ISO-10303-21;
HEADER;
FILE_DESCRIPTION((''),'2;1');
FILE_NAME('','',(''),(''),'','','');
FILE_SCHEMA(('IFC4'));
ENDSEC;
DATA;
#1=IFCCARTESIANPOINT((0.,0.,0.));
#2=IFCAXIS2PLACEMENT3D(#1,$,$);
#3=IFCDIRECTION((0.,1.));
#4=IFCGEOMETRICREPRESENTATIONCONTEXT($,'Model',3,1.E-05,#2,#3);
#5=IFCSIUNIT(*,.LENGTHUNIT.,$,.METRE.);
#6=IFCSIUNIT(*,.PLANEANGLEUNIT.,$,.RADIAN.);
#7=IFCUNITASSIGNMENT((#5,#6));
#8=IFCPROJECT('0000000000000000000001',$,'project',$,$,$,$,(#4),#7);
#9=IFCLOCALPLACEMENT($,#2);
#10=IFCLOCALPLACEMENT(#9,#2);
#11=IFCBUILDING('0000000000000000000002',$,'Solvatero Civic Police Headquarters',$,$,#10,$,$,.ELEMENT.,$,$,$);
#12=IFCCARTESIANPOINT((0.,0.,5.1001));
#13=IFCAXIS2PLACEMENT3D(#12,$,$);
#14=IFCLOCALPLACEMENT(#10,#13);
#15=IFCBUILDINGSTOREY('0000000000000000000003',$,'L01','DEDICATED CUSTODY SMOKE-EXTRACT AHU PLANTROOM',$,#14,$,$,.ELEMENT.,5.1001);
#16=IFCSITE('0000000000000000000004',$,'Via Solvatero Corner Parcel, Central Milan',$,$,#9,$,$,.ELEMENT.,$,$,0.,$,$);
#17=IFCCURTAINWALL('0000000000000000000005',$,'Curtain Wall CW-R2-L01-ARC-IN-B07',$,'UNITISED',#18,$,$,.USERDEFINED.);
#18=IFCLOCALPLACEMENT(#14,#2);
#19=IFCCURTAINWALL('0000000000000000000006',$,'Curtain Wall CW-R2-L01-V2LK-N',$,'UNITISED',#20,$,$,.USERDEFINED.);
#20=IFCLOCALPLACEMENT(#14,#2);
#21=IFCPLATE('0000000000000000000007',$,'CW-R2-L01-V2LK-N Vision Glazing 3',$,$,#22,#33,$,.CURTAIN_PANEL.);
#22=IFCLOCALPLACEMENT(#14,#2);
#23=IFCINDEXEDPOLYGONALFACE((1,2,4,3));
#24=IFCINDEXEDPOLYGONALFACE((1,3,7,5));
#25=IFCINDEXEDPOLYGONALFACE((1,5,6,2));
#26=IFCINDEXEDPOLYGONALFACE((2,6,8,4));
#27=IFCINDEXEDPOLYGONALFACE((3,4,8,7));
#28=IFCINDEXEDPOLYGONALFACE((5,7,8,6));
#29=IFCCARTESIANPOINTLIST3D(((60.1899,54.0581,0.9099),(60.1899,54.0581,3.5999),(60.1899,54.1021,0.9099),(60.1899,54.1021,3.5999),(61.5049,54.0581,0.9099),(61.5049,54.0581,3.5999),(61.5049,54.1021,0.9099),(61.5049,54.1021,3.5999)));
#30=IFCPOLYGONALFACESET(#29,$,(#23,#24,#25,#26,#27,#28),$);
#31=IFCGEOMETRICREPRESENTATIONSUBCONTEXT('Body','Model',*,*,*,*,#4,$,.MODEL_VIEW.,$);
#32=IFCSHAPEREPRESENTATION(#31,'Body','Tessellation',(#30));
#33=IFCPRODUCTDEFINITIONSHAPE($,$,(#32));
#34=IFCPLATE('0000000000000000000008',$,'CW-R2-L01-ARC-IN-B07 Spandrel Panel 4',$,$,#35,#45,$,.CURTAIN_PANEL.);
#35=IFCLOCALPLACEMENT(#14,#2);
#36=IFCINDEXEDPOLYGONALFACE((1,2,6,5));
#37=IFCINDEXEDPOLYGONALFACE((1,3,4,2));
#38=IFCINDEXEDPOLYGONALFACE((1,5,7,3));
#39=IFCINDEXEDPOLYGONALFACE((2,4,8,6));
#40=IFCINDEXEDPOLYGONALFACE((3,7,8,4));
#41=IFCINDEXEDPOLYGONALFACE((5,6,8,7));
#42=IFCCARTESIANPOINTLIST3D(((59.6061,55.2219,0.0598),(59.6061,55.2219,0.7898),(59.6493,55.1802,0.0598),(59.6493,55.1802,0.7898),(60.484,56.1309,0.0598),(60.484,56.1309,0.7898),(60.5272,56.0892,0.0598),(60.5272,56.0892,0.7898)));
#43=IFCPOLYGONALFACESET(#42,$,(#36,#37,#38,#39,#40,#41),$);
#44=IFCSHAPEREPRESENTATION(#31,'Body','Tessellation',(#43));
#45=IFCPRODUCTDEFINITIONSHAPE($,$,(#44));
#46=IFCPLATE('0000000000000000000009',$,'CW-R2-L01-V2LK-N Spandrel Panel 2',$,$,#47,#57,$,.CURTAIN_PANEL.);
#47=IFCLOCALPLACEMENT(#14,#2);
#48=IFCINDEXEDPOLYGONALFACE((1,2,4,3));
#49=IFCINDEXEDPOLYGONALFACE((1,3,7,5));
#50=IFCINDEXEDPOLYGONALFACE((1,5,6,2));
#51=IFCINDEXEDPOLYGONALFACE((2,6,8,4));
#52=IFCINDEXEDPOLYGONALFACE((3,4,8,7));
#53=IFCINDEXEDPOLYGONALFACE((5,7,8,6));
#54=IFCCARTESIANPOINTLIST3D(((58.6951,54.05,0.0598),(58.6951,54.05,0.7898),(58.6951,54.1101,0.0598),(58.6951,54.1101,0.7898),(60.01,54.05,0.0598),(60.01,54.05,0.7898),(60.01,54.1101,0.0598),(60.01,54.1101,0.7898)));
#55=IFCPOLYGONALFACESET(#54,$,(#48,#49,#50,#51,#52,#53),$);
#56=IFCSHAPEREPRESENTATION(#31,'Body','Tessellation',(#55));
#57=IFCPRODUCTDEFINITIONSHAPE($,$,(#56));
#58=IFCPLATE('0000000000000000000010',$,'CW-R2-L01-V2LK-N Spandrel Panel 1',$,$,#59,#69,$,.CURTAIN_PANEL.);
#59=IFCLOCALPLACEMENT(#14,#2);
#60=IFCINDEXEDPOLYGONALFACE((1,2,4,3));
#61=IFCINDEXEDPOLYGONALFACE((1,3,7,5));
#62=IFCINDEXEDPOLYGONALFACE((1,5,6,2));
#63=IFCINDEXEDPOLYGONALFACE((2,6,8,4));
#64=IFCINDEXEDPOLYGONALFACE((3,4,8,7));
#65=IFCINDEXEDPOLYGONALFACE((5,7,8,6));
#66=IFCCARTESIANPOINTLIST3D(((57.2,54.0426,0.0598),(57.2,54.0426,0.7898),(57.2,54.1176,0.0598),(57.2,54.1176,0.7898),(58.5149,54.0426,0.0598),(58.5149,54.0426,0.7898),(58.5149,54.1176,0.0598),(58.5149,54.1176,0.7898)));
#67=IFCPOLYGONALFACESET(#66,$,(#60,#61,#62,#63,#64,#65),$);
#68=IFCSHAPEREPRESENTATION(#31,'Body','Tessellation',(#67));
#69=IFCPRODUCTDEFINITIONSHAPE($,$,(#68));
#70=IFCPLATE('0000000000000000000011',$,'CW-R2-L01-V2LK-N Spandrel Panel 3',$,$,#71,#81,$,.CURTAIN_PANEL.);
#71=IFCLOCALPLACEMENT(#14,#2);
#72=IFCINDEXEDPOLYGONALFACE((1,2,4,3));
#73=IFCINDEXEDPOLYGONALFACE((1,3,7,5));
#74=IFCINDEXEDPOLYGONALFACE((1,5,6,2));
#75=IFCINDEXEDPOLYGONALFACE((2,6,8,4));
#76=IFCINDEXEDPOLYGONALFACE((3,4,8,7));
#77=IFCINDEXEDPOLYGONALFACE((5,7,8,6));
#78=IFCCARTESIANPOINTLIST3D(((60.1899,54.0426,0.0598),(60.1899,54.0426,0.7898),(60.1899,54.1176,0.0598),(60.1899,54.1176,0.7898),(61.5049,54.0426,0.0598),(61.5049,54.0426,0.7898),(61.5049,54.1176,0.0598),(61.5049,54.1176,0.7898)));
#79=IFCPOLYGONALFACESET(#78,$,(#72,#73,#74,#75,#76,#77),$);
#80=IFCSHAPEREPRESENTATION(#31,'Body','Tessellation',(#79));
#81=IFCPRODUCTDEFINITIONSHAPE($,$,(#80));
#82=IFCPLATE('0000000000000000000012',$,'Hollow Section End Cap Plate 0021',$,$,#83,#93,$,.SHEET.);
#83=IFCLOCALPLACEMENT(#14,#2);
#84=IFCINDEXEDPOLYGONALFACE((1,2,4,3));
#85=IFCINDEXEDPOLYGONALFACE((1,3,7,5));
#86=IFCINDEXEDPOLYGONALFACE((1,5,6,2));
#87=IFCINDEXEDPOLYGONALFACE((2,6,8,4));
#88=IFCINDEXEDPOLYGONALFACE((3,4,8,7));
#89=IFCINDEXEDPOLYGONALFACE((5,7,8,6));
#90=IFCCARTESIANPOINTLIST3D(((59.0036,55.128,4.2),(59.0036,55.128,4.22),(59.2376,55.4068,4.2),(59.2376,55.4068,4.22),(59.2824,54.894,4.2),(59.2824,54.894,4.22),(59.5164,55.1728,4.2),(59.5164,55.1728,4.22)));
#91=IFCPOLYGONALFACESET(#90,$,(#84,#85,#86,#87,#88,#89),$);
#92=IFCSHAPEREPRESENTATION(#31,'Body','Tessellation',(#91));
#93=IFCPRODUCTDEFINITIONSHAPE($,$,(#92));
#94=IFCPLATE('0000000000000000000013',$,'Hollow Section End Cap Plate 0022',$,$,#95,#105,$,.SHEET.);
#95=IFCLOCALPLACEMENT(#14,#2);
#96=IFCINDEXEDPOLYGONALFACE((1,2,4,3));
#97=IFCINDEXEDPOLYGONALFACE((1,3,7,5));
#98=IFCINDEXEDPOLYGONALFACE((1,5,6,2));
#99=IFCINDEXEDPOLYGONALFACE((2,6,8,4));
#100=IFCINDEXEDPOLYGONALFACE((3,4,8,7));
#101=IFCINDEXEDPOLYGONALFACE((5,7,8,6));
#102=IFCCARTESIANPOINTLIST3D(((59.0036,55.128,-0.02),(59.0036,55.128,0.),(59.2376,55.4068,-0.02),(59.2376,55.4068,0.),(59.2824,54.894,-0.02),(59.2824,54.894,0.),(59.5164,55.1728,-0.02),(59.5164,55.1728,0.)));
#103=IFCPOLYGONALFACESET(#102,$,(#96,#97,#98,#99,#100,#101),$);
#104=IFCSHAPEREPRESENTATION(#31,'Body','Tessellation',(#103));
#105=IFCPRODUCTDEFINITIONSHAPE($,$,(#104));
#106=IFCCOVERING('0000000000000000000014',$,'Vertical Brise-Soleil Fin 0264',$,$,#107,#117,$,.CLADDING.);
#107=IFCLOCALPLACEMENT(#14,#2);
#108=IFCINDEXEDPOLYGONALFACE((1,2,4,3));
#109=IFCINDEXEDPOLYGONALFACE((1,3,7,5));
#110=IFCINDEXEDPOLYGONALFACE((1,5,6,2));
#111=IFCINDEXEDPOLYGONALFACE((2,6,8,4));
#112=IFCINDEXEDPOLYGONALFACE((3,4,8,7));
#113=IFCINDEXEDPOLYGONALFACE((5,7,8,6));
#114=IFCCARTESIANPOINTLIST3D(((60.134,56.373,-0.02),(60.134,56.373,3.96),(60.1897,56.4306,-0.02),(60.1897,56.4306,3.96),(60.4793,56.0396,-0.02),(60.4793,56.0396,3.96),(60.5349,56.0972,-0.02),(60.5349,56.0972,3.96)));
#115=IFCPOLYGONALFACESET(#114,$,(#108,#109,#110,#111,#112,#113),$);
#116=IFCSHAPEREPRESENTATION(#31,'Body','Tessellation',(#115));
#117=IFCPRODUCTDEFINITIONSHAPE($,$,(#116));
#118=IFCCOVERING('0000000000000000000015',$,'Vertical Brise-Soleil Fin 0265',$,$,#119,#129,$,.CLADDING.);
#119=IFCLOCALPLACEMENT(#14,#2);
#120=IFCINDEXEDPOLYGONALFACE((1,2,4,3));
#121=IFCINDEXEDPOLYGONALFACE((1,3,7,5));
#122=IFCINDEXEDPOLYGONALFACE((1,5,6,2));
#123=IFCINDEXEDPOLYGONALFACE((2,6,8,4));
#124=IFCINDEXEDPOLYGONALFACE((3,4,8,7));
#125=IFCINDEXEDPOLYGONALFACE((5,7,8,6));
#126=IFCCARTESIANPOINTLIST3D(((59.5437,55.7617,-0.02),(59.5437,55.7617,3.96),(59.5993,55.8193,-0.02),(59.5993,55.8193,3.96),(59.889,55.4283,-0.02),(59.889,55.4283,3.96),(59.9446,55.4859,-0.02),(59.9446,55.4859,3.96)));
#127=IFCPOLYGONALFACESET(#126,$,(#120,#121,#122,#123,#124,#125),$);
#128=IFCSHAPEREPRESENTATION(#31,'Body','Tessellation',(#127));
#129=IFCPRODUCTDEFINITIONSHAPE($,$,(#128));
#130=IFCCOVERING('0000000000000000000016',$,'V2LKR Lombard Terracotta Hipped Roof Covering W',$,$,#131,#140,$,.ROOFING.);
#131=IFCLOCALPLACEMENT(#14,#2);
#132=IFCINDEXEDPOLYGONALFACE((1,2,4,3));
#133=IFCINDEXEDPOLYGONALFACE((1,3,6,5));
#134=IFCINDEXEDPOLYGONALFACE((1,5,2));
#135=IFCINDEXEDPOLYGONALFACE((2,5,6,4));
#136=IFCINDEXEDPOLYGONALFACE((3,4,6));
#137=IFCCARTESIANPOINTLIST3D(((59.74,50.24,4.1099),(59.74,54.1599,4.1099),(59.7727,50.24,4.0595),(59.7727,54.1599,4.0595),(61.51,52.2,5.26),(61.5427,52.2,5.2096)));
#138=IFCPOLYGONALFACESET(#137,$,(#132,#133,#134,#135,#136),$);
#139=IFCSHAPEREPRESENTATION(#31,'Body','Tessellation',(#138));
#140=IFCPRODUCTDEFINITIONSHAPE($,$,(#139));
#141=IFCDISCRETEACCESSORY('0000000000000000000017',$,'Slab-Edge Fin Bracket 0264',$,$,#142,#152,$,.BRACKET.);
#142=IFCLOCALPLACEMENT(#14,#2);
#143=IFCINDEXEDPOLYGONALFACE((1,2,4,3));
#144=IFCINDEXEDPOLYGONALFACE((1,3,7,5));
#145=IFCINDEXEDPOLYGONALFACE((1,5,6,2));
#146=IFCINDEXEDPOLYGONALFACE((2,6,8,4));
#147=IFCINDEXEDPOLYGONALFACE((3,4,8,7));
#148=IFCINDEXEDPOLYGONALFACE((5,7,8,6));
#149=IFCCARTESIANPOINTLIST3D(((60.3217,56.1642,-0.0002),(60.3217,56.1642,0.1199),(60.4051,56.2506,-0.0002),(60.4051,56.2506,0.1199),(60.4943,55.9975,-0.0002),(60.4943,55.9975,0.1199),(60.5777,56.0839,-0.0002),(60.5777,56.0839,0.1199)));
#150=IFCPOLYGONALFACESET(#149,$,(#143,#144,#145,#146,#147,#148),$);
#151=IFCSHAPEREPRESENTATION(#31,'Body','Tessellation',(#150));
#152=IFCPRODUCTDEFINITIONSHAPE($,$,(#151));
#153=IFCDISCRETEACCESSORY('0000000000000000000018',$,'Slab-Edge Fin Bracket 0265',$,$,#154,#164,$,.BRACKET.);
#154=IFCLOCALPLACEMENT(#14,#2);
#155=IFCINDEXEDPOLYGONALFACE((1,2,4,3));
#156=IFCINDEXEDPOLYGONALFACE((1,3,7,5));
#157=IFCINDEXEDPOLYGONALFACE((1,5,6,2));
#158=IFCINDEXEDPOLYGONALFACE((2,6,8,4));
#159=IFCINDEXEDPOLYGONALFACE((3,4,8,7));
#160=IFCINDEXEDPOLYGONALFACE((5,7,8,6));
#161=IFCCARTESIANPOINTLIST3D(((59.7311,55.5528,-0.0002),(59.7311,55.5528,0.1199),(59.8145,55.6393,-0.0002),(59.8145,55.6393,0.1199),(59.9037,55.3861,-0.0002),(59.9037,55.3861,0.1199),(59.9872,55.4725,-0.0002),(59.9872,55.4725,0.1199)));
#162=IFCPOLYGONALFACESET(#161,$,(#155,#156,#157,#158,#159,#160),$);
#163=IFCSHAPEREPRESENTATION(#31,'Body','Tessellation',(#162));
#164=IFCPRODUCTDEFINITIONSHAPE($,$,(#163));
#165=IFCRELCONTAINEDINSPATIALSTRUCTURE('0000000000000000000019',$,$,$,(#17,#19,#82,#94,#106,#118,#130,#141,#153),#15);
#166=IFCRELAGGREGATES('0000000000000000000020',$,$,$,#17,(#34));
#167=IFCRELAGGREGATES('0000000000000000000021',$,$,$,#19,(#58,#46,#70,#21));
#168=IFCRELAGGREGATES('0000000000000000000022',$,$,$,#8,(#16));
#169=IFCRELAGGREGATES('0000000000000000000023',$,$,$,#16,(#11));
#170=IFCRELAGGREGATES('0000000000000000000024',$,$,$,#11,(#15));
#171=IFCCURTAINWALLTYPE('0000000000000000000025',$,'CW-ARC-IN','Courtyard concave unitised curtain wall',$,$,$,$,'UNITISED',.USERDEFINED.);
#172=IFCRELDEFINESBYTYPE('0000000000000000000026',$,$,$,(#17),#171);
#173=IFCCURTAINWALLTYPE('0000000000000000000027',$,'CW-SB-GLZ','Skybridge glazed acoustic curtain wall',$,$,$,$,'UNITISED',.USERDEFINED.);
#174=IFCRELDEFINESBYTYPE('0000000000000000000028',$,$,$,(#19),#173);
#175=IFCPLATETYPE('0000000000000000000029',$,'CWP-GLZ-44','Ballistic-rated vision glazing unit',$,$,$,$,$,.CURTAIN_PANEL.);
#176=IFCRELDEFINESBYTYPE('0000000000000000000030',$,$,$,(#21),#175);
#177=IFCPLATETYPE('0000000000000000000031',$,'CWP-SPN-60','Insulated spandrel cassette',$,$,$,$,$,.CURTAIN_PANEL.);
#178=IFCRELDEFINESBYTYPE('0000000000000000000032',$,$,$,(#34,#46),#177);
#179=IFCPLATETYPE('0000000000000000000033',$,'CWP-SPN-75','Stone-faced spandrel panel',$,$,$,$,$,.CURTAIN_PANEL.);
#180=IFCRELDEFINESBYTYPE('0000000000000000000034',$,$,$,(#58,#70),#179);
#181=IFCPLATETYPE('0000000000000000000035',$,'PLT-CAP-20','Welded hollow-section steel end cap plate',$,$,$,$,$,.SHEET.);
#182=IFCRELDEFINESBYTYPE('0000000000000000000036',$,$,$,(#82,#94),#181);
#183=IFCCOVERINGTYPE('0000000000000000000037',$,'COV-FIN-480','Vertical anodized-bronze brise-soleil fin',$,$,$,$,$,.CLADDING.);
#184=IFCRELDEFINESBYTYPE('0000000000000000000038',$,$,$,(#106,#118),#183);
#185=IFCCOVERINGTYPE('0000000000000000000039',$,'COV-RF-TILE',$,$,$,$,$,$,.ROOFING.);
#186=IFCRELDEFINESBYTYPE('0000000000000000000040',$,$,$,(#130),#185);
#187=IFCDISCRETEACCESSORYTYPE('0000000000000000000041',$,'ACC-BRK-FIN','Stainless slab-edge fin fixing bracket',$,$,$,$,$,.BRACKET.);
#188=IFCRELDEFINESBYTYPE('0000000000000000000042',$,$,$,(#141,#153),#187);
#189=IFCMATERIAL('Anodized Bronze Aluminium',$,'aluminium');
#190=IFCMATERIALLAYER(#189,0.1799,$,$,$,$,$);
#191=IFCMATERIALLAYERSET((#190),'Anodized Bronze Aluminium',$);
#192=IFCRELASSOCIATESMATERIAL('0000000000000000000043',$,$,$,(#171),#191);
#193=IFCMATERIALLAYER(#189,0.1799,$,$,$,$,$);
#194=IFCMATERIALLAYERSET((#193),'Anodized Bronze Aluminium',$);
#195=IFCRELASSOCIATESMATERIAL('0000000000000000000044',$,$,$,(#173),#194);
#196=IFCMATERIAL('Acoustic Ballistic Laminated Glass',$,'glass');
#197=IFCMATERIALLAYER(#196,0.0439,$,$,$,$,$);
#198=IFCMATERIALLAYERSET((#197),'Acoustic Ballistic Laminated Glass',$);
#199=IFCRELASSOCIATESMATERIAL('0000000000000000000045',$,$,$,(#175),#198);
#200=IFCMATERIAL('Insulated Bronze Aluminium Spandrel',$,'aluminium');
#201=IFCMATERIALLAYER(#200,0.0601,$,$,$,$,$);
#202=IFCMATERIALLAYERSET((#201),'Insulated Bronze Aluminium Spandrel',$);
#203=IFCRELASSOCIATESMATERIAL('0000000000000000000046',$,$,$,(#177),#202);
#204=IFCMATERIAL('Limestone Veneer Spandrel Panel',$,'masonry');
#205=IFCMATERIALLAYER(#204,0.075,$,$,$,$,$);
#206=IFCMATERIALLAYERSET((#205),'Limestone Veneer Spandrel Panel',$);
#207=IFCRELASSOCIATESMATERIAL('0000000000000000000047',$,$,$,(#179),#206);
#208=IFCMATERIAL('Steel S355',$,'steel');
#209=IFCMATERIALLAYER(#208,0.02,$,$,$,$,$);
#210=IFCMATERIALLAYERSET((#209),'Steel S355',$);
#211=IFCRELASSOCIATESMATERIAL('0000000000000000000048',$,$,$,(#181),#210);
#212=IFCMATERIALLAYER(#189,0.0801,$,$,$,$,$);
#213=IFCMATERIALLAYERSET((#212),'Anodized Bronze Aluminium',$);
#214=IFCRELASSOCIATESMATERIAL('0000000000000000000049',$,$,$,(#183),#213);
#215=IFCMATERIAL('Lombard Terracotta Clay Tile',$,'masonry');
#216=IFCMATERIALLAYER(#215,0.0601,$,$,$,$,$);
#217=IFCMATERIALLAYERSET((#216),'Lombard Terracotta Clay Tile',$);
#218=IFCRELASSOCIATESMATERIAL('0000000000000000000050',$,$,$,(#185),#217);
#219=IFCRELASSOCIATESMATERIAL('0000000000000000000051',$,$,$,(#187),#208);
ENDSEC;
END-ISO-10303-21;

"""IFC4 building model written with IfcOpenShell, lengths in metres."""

from ifc_helpers import new_model, si_unit, direction, frame, origin, origin_2d, place, context, subcontext, project, spatial, polyline, rectangle, outline, extrude, material, layer, layer_set, type_object, element, aggregate, save


model = new_model("IFC4")

# Units and contexts
model_context = context("Model", 3, precision=1e-05, world=origin(), true_north=direction((0.0, 1.0)))
body_context = subcontext(model_context, "Body", "Model", "MODEL_VIEW")
ifc_project = project(units=[si_unit("LENGTHUNIT", "METRE"), si_unit("PLANEANGLEUNIT", "RADIAN")], contexts=[model_context])

# Site, building, storey
site_placement = place(None, origin())
site = spatial("IfcSite", under=ifc_project, at=site_placement, Name="Via Solvatero Corner Parcel, Central Milan", CompositionType="ELEMENT", RefElevation=0.0)
building_placement = place(site_placement, origin())
building = spatial("IfcBuilding", under=site, at=building_placement, Name="Solvatero Civic Police Headquarters", CompositionType="ELEMENT")
storey_placement = place(building_placement, frame((0.0, 0.0, 5.1001)))
storey = spatial("IfcBuildingStorey", under=building, at=storey_placement, Name="L01", Description="DEDICATED CUSTODY SMOKE-EXTRACT AHU PLANTROOM", CompositionType="ELEMENT", Elevation=5.1001)

# Shared definitions
ifc_material_1 = material(Name="Steel S355", Category="steel")

# Curtain walls
ifc_material_2 = material(Name="Anodized Bronze Aluminium", Category="aluminium")
ifc_layer_1 = layer(ifc_material_2, 0.1799)
ifc_layer_set_1 = layer_set([ifc_layer_1], Name="Anodized Bronze Aluminium")
curtain_wall_type_1 = type_object("IfcCurtainWallType", Name="CW-ARC-IN", Description="Courtyard concave unitised curtain wall", ElementType="UNITISED", PredefinedType="USERDEFINED", material=ifc_layer_set_1)
curtain_wall_1_placement = place(storey_placement, origin())
curtain_wall_1 = element("IfcCurtainWall", 1, at=curtain_wall_1_placement, inside=storey, type_object=curtain_wall_type_1, Name="Curtain Wall CW-R2-L01-ARC-IN-B07", ObjectType="UNITISED", PredefinedType="USERDEFINED")
ifc_layer_2 = layer(ifc_material_2, 0.1799)
ifc_layer_set_2 = layer_set([ifc_layer_2], Name="Anodized Bronze Aluminium")
curtain_wall_type_2 = type_object("IfcCurtainWallType", Name="CW-SB-GLZ", Description="Skybridge glazed acoustic curtain wall", ElementType="UNITISED", PredefinedType="USERDEFINED", material=ifc_layer_set_2)
curtain_wall_2_placement = place(storey_placement, origin())
curtain_wall_2 = element("IfcCurtainWall", 2, at=curtain_wall_2_placement, inside=storey, type_object=curtain_wall_type_2, Name="Curtain Wall CW-R2-L01-V2LK-N", ObjectType="UNITISED", PredefinedType="USERDEFINED")

# Plates
ifc_material_3 = material(Name="Acoustic Ballistic Laminated Glass", Category="glass")
ifc_layer_3 = layer(ifc_material_3, 0.0439)
ifc_layer_set_3 = layer_set([ifc_layer_3], Name="Acoustic Ballistic Laminated Glass")
plate_type_1 = type_object("IfcPlateType", Name="CWP-GLZ-44", Description="Ballistic-rated vision glazing unit", PredefinedType="CURTAIN_PANEL", material=ifc_layer_set_3)
plate_1_placement = place(storey_placement, frame((60.8474, 54.0801, 0.9099), z_axis=(0.0, 0.0, 1.0), x_axis=(1.0, 0.0, 0.0)))
plate_1 = element("IfcPlate", 3, at=plate_1_placement, type_object=plate_type_1, Name="CW-R2-L01-V2LK-N Vision Glazing 3", PredefinedType="CURTAIN_PANEL", context=body_context, shape_type="SweptSolid", body=[
    extrude(rectangle(XDim=1.3149, YDim=0.0439, at=origin_2d()), origin(), (0.0, 0.0, 1.0), 2.6899),
])
ifc_material_4 = material(Name="Insulated Bronze Aluminium Spandrel", Category="aluminium")
ifc_layer_4 = layer(ifc_material_4, 0.0601)
ifc_layer_set_4 = layer_set([ifc_layer_4], Name="Insulated Bronze Aluminium Spandrel")
plate_type_2 = type_object("IfcPlateType", Name="CWP-SPN-60", Description="Insulated spandrel cassette", PredefinedType="CURTAIN_PANEL", material=ifc_layer_set_4)
plate_2_placement = place(storey_placement, frame((60.0667, 55.6555, 0.0598), z_axis=(0.0, 0.0, 1.0), x_axis=(-0.694658, -0.71934, 0.0)))
plate_2 = element("IfcPlate", 4, at=plate_2_placement, type_object=plate_type_2, Name="CW-R2-L01-ARC-IN-B07 Spandrel Panel 4", PredefinedType="CURTAIN_PANEL", context=body_context, shape_type="SweptSolid", body=[
    extrude(rectangle(XDim=1.2637, YDim=0.0601, at=origin_2d()), origin(), (0.0, 0.0, 1.0), 0.73),
])
aggregate(curtain_wall_1, [plate_2])
plate_3_placement = place(storey_placement, frame((59.3525, 54.0801, 0.0598), z_axis=(0.0, 0.0, 1.0), x_axis=(1.0, 0.0, 0.0)))
plate_3 = element("IfcPlate", 5, at=plate_3_placement, type_object=plate_type_2, Name="CW-R2-L01-V2LK-N Spandrel Panel 2", PredefinedType="CURTAIN_PANEL", context=body_context, shape_type="SweptSolid", body=[
    extrude(rectangle(XDim=1.3149, YDim=0.0601, at=origin_2d()), origin(), (0.0, 0.0, 1.0), 0.73),
])
ifc_material_5 = material(Name="Limestone Veneer Spandrel Panel", Category="masonry")
ifc_layer_5 = layer(ifc_material_5, 0.075)
ifc_layer_set_5 = layer_set([ifc_layer_5], Name="Limestone Veneer Spandrel Panel")
plate_type_3 = type_object("IfcPlateType", Name="CWP-SPN-75", Description="Stone-faced spandrel panel", PredefinedType="CURTAIN_PANEL", material=ifc_layer_set_5)
plate_4_placement = place(storey_placement, frame((57.8574, 54.0801, 0.0598), z_axis=(0.0, 0.0, 1.0), x_axis=(1.0, 0.0, 0.0)))
plate_4 = element("IfcPlate", 6, at=plate_4_placement, type_object=plate_type_3, Name="CW-R2-L01-V2LK-N Spandrel Panel 1", PredefinedType="CURTAIN_PANEL", context=body_context, shape_type="SweptSolid", body=[
    extrude(rectangle(XDim=1.3149, YDim=0.075, at=origin_2d()), origin(), (0.0, 0.0, 1.0), 0.73),
])
plate_5_placement = place(storey_placement, frame((60.8474, 54.0801, 0.0598), z_axis=(0.0, 0.0, 1.0), x_axis=(1.0, 0.0, 0.0)))
plate_5 = element("IfcPlate", 7, at=plate_5_placement, type_object=plate_type_3, Name="CW-R2-L01-V2LK-N Spandrel Panel 3", PredefinedType="CURTAIN_PANEL", context=body_context, shape_type="SweptSolid", body=[
    extrude(rectangle(XDim=1.3149, YDim=0.075, at=origin_2d()), origin(), (0.0, 0.0, 1.0), 0.73),
])
aggregate(curtain_wall_2, [plate_4, plate_3, plate_5, plate_1])

# Plates
ifc_layer_6 = layer(ifc_material_1, 0.02)
ifc_layer_set_6 = layer_set([ifc_layer_6], Name="Steel S355")
plate_type_4 = type_object("IfcPlateType", Name="PLT-CAP-20", Description="Welded hollow-section steel end cap plate", PredefinedType="SHEET", material=ifc_layer_set_6)
for number, where, z_axis, x_axis, name in (
    (8, (59.26, 55.1504, 4.2), (0.0, 0.0, 1.0), (0.642788, 0.766044, 0.0), "Hollow Section End Cap Plate 0021"),
    (9, (59.26, 55.1504, -0.02), (0.0, 0.0, 1.0), (0.642788, 0.766044, 0.0), "Hollow Section End Cap Plate 0022"),
):
    element("IfcPlate", number, at=place(storey_placement, frame(where, z_axis=z_axis, x_axis=x_axis)), inside=storey, type_object=plate_type_4, Name=name, PredefinedType="SHEET", context=body_context, shape_type="SweptSolid", body=[
        extrude(rectangle(XDim=0.364, YDim=0.364, at=origin_2d()), origin(), (0.0, 0.0, 1.0), 0.02),
    ])

# Coverings
ifc_layer_7 = layer(ifc_material_2, 0.0801)
ifc_layer_set_7 = layer_set([ifc_layer_7], Name="Anodized Bronze Aluminium")
covering_type_1 = type_object("IfcCoveringType", Name="COV-FIN-480", Description="Vertical anodized-bronze brise-soleil fin", PredefinedType="CLADDING", material=ifc_layer_set_7)
for number, where, z_axis, x_axis, name in (
    (10, (60.3345, 56.2351, -0.02), (0.0, 0.0, 1.0), (-0.694658, -0.71934, 0.0), "Vertical Brise-Soleil Fin 0264"),
    (11, (59.7441, 55.6238, -0.02), (0.0, 0.0, 1.0), (-0.694658, -0.71934, 0.0), "Vertical Brise-Soleil Fin 0265"),
):
    element("IfcCovering", number, at=place(storey_placement, frame(where, z_axis=z_axis, x_axis=x_axis)), inside=storey, type_object=covering_type_1, Name=name, PredefinedType="CLADDING", context=body_context, shape_type="SweptSolid", body=[
        extrude(rectangle(XDim=0.0801, YDim=0.48, at=origin_2d()), origin(), (0.0, 0.0, 1.0), 3.98),
    ])
ifc_material_6 = material(Name="Lombard Terracotta Clay Tile", Category="masonry")
ifc_layer_8 = layer(ifc_material_6, 0.0601)
ifc_layer_set_8 = layer_set([ifc_layer_8], Name="Lombard Terracotta Clay Tile")
covering_type_2 = type_object("IfcCoveringType", Name="COV-RF-TILE", PredefinedType="ROOFING", material=ifc_layer_set_8)
covering_placement = place(storey_placement, frame((59.74, 54.1599, 4.1099), z_axis=(-0.544866, 0.0, 0.838523), x_axis=(0.0, -1.0, 0.0)))
element("IfcCovering", 12, at=covering_placement, inside=storey, type_object=covering_type_2, Name="V2LKR Lombard Terracotta Hipped Roof Covering W", PredefinedType="ROOFING", context=body_context, shape_type="SweptSolid", body=[
    extrude(outline(polyline([(0.0, 0.0), (3.9199, 0.0), (1.96, 2.1109), (0.0, 0.0)])), origin(), (0.0, 0.0, -1.0), 0.0601),
])

# Discrete accessories
discrete_accessory_type = type_object("IfcDiscreteAccessoryType", Name="ACC-BRK-FIN", Description="Stainless slab-edge fin fixing bracket", PredefinedType="BRACKET", material=ifc_material_1)
for number, where, z_axis, x_axis, name in (
    (13, (60.4497, 56.124, -0.0002), (0.0, 0.0, 1.0), (-0.694658, -0.71934, 0.0), "Slab-Edge Fin Bracket 0264"),
    (14, (59.8591, 55.5127, -0.0002), (0.0, 0.0, 1.0), (-0.694658, -0.71934, 0.0), "Slab-Edge Fin Bracket 0265"),
):
    element("IfcDiscreteAccessory", number, at=place(storey_placement, frame(where, z_axis=z_axis, x_axis=x_axis)), inside=storey, type_object=discrete_accessory_type, Name=name, PredefinedType="BRACKET", context=body_context, shape_type="SweptSolid", body=[
        extrude(rectangle(XDim=0.1201, YDim=0.24, at=origin_2d()), origin(), (0.0, 0.0, 1.0), 0.1201),
    ])

save(model, "model.ifc")
